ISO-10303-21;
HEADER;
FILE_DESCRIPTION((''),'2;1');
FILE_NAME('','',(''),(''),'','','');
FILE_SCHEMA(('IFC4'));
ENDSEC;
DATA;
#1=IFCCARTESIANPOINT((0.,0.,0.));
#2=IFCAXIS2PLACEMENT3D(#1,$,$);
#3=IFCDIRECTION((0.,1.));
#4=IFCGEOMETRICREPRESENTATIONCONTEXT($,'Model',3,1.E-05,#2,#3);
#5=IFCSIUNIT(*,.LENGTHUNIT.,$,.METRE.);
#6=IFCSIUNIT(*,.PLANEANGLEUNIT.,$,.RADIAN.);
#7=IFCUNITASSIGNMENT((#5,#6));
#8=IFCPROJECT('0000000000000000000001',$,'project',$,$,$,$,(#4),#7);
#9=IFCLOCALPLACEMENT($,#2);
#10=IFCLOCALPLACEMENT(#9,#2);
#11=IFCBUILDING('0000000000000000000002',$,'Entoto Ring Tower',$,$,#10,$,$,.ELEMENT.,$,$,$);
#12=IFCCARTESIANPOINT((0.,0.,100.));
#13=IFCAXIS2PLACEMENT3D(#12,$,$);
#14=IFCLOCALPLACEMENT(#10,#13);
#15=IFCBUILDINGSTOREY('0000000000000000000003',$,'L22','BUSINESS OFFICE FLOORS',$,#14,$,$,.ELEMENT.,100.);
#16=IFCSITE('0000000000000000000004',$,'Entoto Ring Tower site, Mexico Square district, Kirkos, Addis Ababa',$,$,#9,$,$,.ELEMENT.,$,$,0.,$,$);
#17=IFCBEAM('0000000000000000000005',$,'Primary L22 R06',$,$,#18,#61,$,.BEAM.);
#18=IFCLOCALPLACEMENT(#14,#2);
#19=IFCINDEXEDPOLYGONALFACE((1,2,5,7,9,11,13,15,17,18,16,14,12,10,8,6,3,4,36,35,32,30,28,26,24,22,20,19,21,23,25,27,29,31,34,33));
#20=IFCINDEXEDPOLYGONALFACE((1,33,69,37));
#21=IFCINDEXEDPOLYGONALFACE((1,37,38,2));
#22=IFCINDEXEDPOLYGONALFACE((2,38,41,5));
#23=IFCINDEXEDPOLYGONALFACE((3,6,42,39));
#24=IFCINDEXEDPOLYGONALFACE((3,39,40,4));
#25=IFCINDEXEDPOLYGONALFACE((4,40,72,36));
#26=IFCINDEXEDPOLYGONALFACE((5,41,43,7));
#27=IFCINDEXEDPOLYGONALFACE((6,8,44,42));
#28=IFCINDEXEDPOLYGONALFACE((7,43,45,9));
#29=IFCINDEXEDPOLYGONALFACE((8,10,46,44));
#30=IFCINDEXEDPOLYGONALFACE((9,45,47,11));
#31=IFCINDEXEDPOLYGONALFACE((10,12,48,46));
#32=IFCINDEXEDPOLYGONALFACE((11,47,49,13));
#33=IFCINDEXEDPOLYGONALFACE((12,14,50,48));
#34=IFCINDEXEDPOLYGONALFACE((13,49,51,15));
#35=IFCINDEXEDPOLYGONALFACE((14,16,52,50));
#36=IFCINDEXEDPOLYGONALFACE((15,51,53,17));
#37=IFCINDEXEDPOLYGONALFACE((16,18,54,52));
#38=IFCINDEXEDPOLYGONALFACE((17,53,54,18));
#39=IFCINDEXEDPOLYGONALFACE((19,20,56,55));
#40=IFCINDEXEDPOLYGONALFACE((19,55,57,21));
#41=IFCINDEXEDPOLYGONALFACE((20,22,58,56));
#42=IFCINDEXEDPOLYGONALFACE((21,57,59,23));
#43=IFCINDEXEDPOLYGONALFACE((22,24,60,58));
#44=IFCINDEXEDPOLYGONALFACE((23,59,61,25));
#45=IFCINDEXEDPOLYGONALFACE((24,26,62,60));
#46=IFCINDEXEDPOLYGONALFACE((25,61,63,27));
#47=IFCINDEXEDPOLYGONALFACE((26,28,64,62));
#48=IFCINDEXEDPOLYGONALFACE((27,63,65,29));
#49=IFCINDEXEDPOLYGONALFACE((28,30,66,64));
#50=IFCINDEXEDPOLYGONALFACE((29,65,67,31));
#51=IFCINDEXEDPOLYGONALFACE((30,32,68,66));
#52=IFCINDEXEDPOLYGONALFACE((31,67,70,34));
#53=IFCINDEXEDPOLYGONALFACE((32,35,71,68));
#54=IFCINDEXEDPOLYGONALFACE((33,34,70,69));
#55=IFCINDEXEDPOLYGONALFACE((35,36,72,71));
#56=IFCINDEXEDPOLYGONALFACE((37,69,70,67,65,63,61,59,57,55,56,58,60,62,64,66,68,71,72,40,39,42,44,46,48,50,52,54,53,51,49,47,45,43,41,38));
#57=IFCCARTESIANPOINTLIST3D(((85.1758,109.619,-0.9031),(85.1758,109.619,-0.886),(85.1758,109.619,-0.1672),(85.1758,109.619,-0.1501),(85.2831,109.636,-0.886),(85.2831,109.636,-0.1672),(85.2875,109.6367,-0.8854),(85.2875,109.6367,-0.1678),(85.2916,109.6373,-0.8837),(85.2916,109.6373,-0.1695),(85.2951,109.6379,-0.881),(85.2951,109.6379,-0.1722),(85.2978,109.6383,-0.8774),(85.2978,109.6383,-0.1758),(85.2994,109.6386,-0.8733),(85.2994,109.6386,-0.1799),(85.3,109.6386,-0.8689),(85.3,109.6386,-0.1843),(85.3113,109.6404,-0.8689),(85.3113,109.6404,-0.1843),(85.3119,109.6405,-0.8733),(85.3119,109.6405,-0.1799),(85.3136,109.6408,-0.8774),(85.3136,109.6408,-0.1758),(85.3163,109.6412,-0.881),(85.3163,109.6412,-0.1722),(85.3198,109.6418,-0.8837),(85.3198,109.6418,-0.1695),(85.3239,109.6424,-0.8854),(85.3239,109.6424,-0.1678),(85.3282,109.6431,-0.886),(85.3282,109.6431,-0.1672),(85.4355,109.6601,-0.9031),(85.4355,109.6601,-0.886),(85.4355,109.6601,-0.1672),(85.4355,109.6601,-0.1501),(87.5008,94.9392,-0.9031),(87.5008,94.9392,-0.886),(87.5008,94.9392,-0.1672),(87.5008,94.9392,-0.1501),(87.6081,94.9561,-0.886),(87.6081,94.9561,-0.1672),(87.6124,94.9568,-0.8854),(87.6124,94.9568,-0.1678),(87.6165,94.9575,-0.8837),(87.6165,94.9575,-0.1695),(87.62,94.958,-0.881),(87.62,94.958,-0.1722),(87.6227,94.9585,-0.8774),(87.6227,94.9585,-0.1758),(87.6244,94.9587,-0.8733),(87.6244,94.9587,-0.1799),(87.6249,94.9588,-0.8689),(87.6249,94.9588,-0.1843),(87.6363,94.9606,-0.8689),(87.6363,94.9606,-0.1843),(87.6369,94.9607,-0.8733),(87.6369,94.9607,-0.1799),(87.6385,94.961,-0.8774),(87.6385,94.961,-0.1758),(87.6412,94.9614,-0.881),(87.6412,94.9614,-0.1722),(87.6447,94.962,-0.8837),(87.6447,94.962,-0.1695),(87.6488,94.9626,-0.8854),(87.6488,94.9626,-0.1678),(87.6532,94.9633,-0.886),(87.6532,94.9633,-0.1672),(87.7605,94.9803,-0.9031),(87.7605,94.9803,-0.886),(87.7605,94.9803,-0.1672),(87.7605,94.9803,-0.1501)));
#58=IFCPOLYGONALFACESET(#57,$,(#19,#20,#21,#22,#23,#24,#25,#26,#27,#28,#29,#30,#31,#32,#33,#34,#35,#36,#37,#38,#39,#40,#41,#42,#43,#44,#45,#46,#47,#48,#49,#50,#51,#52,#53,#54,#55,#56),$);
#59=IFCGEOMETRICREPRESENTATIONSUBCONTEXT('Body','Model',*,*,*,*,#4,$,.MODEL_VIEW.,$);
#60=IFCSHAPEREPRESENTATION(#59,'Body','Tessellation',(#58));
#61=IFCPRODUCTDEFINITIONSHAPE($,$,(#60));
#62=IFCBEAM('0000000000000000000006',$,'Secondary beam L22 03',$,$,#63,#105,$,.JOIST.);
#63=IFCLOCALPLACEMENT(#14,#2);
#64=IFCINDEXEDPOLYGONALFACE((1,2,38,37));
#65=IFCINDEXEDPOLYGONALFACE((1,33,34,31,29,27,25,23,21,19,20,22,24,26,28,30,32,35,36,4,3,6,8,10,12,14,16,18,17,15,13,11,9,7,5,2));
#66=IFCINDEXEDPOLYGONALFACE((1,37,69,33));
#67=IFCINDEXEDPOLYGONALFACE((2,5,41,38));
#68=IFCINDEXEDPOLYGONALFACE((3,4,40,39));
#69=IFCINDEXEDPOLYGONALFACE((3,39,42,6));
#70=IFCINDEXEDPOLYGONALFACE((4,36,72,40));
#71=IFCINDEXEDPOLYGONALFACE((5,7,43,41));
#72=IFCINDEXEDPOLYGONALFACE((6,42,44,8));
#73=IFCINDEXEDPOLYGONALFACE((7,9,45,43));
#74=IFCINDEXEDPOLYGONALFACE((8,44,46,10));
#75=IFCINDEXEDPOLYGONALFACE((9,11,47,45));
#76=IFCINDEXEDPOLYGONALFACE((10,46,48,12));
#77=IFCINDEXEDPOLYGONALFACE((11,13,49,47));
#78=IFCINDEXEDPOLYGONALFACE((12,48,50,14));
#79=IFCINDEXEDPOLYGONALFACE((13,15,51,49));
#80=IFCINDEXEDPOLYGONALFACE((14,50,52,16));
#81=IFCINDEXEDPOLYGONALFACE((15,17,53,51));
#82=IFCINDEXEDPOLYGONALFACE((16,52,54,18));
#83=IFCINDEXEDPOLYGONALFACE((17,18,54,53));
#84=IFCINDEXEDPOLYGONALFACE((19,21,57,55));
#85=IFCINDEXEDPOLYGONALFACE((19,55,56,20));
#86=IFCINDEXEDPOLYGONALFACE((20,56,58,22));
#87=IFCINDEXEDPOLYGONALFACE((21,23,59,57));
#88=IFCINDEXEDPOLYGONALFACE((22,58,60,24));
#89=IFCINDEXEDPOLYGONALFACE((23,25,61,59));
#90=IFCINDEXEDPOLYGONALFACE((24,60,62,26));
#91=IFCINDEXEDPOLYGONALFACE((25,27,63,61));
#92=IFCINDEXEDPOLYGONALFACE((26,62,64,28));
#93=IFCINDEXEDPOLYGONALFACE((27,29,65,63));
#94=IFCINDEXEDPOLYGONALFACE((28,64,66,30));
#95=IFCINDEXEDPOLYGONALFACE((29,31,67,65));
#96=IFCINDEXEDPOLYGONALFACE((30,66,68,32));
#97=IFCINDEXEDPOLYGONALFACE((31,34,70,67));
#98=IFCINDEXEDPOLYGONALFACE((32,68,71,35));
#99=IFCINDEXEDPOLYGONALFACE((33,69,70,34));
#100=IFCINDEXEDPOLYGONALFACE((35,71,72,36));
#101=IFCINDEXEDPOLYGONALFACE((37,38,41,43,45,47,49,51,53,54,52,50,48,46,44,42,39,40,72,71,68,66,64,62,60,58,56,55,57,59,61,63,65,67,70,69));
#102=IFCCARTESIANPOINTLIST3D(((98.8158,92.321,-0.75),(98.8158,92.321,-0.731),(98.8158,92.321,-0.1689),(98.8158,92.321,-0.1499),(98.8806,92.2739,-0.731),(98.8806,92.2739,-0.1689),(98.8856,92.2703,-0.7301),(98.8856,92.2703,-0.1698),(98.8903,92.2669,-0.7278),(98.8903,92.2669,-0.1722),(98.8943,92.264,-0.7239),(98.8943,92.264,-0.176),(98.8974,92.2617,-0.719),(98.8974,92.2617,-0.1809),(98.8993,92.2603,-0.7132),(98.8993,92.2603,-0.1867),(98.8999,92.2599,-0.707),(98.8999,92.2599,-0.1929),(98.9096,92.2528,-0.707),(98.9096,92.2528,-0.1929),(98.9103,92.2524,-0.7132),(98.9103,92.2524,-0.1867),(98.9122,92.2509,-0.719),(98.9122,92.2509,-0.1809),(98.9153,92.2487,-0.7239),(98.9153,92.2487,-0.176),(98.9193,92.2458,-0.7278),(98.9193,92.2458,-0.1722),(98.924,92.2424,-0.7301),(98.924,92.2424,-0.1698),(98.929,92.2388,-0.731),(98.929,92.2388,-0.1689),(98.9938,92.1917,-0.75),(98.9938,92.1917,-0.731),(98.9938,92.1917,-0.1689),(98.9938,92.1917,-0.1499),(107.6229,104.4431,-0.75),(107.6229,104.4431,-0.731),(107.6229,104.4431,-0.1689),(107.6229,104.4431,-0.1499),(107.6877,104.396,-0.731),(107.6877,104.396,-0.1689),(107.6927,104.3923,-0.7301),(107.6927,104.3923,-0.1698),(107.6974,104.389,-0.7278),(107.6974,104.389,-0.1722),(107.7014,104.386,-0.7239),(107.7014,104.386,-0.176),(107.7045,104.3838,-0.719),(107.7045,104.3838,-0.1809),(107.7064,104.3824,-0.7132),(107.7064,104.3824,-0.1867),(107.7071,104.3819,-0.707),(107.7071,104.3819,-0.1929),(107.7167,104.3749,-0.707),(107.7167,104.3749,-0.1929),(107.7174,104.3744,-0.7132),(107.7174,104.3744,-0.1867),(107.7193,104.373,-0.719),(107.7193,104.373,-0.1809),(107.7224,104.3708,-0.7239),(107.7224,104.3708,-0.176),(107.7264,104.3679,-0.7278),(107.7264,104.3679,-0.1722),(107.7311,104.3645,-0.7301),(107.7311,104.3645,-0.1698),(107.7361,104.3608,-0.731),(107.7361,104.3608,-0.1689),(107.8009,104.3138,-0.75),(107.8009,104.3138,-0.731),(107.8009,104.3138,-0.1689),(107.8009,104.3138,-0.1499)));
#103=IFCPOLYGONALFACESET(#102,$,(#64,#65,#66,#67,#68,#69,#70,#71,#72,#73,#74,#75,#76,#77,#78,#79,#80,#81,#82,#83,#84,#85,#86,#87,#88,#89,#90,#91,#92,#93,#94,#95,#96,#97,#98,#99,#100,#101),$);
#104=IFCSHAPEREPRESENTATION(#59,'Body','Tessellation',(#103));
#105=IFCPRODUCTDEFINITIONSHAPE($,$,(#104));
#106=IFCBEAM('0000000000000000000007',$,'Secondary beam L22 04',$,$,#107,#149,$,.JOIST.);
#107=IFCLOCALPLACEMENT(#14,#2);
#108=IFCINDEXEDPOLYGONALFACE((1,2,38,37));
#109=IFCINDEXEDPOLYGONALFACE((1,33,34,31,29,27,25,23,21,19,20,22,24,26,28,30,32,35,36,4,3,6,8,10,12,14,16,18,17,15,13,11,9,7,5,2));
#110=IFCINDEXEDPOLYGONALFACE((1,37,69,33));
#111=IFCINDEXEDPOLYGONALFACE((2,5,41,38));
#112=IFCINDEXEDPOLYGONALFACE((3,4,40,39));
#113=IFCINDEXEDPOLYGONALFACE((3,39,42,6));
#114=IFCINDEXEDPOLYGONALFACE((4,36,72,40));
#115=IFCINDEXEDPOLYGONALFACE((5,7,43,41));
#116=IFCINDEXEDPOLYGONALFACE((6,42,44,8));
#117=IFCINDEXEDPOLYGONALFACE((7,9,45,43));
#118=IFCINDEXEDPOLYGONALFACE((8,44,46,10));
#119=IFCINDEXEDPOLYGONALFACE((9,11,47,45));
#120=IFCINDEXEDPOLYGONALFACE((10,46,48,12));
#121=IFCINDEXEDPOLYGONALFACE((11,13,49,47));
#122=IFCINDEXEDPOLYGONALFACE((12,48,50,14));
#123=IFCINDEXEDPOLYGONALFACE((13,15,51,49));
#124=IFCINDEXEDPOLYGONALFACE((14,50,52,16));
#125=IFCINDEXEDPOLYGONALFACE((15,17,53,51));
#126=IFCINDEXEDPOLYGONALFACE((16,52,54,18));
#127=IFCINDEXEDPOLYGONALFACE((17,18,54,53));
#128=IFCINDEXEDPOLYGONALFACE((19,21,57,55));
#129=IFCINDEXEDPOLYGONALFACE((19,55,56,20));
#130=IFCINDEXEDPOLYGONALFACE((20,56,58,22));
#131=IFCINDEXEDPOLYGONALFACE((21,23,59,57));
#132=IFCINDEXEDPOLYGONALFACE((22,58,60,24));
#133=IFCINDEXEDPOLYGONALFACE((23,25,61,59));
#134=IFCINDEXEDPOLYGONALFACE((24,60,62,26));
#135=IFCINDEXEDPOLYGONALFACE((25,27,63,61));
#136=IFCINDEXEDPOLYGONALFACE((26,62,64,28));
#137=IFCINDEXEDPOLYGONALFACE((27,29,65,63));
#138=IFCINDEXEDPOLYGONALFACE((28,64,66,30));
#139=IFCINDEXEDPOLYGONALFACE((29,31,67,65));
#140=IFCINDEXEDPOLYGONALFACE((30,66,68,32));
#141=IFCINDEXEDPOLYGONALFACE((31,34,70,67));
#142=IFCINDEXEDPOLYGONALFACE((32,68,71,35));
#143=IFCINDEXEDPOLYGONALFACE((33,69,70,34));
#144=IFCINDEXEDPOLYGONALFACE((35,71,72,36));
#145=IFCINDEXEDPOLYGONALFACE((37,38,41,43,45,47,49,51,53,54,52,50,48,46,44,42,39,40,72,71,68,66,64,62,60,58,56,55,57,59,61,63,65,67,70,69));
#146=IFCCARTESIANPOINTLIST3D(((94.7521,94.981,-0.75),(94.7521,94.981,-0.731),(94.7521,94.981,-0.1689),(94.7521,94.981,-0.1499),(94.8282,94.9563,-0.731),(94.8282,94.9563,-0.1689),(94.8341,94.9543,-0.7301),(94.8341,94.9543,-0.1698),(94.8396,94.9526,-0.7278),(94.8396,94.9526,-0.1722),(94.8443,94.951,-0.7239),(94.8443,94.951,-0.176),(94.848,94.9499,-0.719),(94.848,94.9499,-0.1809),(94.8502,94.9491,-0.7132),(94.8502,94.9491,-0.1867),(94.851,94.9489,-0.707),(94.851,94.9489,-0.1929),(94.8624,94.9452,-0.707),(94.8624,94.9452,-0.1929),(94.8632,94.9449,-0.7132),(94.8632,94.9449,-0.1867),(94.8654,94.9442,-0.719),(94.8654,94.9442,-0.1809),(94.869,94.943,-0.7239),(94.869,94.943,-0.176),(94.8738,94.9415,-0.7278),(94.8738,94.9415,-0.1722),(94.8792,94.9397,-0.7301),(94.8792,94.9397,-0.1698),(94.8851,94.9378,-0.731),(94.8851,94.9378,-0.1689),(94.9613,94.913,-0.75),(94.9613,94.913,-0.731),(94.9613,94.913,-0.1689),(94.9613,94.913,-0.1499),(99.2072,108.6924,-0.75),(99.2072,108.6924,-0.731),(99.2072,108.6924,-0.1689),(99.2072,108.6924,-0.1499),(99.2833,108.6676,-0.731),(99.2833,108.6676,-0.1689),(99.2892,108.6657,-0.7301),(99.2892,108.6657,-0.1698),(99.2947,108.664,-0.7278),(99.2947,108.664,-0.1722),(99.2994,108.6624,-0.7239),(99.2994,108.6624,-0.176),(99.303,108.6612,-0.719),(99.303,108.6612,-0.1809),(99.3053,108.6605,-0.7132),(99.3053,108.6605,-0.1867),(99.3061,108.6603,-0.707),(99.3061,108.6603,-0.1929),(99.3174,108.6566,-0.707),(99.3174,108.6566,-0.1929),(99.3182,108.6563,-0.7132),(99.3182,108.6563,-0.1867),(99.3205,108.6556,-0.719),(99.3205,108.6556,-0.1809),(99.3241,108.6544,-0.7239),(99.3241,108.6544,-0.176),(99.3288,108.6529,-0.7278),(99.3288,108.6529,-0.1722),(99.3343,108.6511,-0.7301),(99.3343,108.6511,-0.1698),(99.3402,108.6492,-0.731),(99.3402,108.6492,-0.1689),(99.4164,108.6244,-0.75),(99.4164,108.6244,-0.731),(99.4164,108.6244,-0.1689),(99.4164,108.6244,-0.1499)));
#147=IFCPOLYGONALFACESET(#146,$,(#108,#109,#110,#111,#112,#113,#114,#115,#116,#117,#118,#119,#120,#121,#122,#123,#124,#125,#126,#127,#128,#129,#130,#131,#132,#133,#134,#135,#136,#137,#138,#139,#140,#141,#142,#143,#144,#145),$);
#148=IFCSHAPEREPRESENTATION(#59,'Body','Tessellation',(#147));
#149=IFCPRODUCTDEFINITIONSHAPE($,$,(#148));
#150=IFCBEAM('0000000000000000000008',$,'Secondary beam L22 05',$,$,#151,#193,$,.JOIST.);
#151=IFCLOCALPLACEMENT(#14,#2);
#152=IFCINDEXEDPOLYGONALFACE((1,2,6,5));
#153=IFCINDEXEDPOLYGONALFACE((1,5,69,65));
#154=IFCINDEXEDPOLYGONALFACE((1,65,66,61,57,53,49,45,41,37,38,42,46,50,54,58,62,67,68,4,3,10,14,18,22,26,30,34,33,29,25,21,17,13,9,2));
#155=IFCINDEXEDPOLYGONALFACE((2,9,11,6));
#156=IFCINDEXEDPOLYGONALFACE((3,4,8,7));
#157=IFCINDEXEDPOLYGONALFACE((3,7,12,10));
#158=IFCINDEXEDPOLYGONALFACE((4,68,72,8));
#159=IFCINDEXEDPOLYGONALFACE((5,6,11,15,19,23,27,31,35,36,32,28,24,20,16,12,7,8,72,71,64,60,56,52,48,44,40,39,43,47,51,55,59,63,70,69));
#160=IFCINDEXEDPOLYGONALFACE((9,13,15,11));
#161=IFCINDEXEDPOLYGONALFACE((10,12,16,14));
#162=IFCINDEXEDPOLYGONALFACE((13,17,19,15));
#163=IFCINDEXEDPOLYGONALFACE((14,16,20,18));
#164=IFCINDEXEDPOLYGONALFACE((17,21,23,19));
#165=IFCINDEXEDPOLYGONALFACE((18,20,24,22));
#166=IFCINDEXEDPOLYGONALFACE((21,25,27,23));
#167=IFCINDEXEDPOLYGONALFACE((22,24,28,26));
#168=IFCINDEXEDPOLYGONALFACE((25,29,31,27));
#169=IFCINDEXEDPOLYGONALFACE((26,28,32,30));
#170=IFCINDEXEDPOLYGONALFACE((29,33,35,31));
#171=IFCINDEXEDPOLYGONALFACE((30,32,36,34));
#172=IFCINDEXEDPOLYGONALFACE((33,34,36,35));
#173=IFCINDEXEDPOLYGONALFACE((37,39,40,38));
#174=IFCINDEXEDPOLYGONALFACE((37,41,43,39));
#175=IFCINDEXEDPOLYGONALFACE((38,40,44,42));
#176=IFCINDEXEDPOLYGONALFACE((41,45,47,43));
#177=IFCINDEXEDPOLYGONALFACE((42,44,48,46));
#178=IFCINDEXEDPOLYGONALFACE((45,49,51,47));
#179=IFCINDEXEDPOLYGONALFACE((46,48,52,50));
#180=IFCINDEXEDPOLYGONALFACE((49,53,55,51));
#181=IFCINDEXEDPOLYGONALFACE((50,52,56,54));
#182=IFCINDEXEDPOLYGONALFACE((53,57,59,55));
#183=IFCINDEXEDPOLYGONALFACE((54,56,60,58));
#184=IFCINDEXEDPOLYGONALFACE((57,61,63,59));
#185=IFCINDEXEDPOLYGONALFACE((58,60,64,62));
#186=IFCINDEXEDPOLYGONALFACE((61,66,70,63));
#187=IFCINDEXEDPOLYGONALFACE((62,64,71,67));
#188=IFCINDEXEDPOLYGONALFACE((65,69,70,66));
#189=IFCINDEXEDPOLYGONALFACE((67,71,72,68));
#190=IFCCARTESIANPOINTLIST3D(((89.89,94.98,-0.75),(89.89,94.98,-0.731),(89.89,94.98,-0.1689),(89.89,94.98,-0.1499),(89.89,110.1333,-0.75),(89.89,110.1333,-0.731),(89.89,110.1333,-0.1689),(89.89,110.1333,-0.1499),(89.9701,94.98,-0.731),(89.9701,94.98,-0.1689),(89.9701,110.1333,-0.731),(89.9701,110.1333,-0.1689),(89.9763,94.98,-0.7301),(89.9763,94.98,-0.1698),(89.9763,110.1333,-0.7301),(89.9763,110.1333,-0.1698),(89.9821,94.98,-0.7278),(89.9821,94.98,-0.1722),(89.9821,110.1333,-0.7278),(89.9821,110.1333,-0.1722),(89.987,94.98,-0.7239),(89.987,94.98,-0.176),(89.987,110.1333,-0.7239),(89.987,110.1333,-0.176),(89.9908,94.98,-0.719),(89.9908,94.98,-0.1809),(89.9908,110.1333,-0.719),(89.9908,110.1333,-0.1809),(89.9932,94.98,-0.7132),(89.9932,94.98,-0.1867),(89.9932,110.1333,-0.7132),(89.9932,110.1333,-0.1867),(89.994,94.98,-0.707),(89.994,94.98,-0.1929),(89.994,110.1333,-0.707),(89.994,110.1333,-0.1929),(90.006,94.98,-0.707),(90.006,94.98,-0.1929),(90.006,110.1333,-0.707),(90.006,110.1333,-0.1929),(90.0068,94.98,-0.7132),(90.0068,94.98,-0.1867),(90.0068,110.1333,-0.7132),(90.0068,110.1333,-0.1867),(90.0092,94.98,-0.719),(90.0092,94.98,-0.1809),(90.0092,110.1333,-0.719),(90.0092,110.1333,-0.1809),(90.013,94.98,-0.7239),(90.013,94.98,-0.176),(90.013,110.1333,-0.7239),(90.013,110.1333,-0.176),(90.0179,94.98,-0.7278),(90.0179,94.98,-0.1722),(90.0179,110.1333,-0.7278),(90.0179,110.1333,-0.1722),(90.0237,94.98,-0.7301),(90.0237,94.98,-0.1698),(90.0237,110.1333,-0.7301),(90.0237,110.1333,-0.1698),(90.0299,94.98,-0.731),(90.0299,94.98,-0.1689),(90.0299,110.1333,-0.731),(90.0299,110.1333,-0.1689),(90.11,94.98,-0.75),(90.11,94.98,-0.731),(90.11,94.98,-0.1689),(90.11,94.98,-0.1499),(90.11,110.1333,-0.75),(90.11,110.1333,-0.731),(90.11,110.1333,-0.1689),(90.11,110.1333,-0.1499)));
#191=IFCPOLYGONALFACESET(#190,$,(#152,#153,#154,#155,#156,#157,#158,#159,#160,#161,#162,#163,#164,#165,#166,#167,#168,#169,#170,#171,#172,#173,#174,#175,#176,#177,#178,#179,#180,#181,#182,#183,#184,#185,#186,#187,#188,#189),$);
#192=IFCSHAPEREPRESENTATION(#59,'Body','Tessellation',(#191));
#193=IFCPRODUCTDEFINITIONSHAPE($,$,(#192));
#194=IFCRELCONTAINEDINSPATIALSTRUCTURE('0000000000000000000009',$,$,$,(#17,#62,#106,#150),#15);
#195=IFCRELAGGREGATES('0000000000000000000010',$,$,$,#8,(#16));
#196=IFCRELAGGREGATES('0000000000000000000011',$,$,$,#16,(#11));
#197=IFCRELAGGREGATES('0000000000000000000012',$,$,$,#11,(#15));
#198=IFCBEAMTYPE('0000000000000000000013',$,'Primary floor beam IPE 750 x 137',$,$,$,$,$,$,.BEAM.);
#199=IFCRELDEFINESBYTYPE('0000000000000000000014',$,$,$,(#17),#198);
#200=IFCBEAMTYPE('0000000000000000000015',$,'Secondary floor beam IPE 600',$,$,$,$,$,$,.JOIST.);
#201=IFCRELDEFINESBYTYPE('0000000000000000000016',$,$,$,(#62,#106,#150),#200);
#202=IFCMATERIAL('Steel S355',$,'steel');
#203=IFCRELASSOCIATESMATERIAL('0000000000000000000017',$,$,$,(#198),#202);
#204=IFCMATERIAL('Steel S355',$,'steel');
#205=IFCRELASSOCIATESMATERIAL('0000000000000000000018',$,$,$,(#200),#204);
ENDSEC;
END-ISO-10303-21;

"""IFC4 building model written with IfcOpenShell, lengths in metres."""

from ifc_helpers import new_model, si_unit, direction, frame, origin, origin_2d, place, context, subcontext, project, spatial, i_section, extrude, material, material_profile, profile_set, type_object, element, save


model = new_model("IFC4")

# Units and contexts
model_context = context("Model", 3, precision=1e-05, world=origin(), true_north=direction((0.0, 1.0)))
body_context = subcontext(model_context, "Body", "Model", "MODEL_VIEW")
ifc_project = project(units=[si_unit("LENGTHUNIT", "METRE"), si_unit("PLANEANGLEUNIT", "RADIAN")], contexts=[model_context])

# Site, building, storey
site_placement = place(None, origin())
site = spatial("IfcSite", under=ifc_project, at=site_placement, Name="Entoto Ring Tower site, Mexico Square district, Kirkos, Addis Ababa", CompositionType="ELEMENT", RefElevation=0.0)
building_placement = place(site_placement, origin())
building = spatial("IfcBuilding", under=site, at=building_placement, Name="Entoto Ring Tower", CompositionType="ELEMENT")
storey_placement = place(building_placement, frame((0.0, 0.0, 100.0)))
storey = spatial("IfcBuildingStorey", under=building, at=storey_placement, Name="L22", Description="BUSINESS OFFICE FLOORS", CompositionType="ELEMENT", Elevation=100.0)

# Beams
ifc_material_1 = material(Name="Steel S355", Category="steel")
ifc_material_profile_1 = material_profile(ifc_material_1, i_section(OverallWidth=0.2629, OverallDepth=0.7529, WebThickness=0.0115, FlangeThickness=0.0171, FilletRadius=0.0171, at=origin_2d()), Name="IPE 750 x 137")
ifc_profile_set_1 = profile_set([ifc_material_profile_1], Name="Steel S355")
beam_type_1 = type_object("IfcBeamType", Name="Primary floor beam IPE 750 x 137", PredefinedType="BEAM", material=ifc_profile_set_1)
for number, where, z_axis, x_axis, name in (
    (1, (87.6306, 94.9597, -0.5266), (-0.156426, 0.98769, 0.0), (-0.98769, -0.156426, 0.0), "Primary L22 R06"),
):
    element("IfcBeam", number, at=place(storey_placement, frame(where, z_axis=z_axis, x_axis=x_axis)), inside=storey, type_object=beam_type_1, Name=name, PredefinedType="BEAM", context=body_context, shape_type="SweptSolid", body=[
        extrude(i_section(OverallWidth=0.2629, OverallDepth=0.7529, WebThickness=0.0115, FlangeThickness=0.0171, FilletRadius=0.0171, at=origin_2d()), origin(), (0.0, 0.0, 1.0), 14.8628),
    ])
ifc_material_2 = material(Name="Steel S355", Category="steel")
ifc_material_profile_2 = material_profile(ifc_material_2, i_section(OverallWidth=0.22, OverallDepth=0.6001, WebThickness=0.012, FlangeThickness=0.019, FilletRadius=0.0239, at=origin_2d()), Name="IPE 600")
ifc_profile_set_2 = profile_set([ifc_material_profile_2], Name="Steel S355")
beam_type_2 = type_object("IfcBeamType", Name="Secondary floor beam IPE 600", PredefinedType="JOIST", material=ifc_profile_set_2)
beam_1_placement = place(storey_placement, frame((98.9048, 92.2563, -0.45), z_axis=(0.587782, 0.809019, 0.0), x_axis=(-0.809019, 0.587782, 0.0)))
element("IfcBeam", 2, at=beam_1_placement, inside=storey, type_object=beam_type_2, Name="Secondary beam L22 03", PredefinedType="JOIST", context=body_context, shape_type="SweptSolid", body=[
    extrude(i_section(OverallWidth=0.22, OverallDepth=0.6001, WebThickness=0.012, FlangeThickness=0.019, FilletRadius=0.0239, at=origin_2d()), origin(), (0.0, 0.0, 1.0), 14.9836),
])
beam_2_placement = place(storey_placement, frame((94.8567, 94.947, -0.45), z_axis=(0.309015, 0.951057, 0.0), x_axis=(-0.951057, 0.309015, 0.0)))
element("IfcBeam", 3, at=beam_2_placement, inside=storey, type_object=beam_type_2, Name="Secondary beam L22 04", PredefinedType="JOIST", context=body_context, shape_type="SweptSolid", body=[
    extrude(i_section(OverallWidth=0.22, OverallDepth=0.6001, WebThickness=0.012, FlangeThickness=0.019, FilletRadius=0.0239, at=origin_2d()), origin(), (0.0, 0.0, 1.0), 14.417),
])
beam_3_placement = place(storey_placement, frame((90.0, 94.98, -0.45), z_axis=(0.0, 1.0, 0.0), x_axis=(-1.0, 0.0, 0.0)))
element("IfcBeam", 4, at=beam_3_placement, inside=storey, type_object=beam_type_2, Name="Secondary beam L22 05", PredefinedType="JOIST", context=body_context, shape_type="SweptSolid", body=[
    extrude(i_section(OverallWidth=0.22, OverallDepth=0.6001, WebThickness=0.012, FlangeThickness=0.019, FilletRadius=0.0239, at=origin_2d()), origin(), (0.0, 0.0, 1.0), 15.1533),
])

save(model, "model.ifc")
